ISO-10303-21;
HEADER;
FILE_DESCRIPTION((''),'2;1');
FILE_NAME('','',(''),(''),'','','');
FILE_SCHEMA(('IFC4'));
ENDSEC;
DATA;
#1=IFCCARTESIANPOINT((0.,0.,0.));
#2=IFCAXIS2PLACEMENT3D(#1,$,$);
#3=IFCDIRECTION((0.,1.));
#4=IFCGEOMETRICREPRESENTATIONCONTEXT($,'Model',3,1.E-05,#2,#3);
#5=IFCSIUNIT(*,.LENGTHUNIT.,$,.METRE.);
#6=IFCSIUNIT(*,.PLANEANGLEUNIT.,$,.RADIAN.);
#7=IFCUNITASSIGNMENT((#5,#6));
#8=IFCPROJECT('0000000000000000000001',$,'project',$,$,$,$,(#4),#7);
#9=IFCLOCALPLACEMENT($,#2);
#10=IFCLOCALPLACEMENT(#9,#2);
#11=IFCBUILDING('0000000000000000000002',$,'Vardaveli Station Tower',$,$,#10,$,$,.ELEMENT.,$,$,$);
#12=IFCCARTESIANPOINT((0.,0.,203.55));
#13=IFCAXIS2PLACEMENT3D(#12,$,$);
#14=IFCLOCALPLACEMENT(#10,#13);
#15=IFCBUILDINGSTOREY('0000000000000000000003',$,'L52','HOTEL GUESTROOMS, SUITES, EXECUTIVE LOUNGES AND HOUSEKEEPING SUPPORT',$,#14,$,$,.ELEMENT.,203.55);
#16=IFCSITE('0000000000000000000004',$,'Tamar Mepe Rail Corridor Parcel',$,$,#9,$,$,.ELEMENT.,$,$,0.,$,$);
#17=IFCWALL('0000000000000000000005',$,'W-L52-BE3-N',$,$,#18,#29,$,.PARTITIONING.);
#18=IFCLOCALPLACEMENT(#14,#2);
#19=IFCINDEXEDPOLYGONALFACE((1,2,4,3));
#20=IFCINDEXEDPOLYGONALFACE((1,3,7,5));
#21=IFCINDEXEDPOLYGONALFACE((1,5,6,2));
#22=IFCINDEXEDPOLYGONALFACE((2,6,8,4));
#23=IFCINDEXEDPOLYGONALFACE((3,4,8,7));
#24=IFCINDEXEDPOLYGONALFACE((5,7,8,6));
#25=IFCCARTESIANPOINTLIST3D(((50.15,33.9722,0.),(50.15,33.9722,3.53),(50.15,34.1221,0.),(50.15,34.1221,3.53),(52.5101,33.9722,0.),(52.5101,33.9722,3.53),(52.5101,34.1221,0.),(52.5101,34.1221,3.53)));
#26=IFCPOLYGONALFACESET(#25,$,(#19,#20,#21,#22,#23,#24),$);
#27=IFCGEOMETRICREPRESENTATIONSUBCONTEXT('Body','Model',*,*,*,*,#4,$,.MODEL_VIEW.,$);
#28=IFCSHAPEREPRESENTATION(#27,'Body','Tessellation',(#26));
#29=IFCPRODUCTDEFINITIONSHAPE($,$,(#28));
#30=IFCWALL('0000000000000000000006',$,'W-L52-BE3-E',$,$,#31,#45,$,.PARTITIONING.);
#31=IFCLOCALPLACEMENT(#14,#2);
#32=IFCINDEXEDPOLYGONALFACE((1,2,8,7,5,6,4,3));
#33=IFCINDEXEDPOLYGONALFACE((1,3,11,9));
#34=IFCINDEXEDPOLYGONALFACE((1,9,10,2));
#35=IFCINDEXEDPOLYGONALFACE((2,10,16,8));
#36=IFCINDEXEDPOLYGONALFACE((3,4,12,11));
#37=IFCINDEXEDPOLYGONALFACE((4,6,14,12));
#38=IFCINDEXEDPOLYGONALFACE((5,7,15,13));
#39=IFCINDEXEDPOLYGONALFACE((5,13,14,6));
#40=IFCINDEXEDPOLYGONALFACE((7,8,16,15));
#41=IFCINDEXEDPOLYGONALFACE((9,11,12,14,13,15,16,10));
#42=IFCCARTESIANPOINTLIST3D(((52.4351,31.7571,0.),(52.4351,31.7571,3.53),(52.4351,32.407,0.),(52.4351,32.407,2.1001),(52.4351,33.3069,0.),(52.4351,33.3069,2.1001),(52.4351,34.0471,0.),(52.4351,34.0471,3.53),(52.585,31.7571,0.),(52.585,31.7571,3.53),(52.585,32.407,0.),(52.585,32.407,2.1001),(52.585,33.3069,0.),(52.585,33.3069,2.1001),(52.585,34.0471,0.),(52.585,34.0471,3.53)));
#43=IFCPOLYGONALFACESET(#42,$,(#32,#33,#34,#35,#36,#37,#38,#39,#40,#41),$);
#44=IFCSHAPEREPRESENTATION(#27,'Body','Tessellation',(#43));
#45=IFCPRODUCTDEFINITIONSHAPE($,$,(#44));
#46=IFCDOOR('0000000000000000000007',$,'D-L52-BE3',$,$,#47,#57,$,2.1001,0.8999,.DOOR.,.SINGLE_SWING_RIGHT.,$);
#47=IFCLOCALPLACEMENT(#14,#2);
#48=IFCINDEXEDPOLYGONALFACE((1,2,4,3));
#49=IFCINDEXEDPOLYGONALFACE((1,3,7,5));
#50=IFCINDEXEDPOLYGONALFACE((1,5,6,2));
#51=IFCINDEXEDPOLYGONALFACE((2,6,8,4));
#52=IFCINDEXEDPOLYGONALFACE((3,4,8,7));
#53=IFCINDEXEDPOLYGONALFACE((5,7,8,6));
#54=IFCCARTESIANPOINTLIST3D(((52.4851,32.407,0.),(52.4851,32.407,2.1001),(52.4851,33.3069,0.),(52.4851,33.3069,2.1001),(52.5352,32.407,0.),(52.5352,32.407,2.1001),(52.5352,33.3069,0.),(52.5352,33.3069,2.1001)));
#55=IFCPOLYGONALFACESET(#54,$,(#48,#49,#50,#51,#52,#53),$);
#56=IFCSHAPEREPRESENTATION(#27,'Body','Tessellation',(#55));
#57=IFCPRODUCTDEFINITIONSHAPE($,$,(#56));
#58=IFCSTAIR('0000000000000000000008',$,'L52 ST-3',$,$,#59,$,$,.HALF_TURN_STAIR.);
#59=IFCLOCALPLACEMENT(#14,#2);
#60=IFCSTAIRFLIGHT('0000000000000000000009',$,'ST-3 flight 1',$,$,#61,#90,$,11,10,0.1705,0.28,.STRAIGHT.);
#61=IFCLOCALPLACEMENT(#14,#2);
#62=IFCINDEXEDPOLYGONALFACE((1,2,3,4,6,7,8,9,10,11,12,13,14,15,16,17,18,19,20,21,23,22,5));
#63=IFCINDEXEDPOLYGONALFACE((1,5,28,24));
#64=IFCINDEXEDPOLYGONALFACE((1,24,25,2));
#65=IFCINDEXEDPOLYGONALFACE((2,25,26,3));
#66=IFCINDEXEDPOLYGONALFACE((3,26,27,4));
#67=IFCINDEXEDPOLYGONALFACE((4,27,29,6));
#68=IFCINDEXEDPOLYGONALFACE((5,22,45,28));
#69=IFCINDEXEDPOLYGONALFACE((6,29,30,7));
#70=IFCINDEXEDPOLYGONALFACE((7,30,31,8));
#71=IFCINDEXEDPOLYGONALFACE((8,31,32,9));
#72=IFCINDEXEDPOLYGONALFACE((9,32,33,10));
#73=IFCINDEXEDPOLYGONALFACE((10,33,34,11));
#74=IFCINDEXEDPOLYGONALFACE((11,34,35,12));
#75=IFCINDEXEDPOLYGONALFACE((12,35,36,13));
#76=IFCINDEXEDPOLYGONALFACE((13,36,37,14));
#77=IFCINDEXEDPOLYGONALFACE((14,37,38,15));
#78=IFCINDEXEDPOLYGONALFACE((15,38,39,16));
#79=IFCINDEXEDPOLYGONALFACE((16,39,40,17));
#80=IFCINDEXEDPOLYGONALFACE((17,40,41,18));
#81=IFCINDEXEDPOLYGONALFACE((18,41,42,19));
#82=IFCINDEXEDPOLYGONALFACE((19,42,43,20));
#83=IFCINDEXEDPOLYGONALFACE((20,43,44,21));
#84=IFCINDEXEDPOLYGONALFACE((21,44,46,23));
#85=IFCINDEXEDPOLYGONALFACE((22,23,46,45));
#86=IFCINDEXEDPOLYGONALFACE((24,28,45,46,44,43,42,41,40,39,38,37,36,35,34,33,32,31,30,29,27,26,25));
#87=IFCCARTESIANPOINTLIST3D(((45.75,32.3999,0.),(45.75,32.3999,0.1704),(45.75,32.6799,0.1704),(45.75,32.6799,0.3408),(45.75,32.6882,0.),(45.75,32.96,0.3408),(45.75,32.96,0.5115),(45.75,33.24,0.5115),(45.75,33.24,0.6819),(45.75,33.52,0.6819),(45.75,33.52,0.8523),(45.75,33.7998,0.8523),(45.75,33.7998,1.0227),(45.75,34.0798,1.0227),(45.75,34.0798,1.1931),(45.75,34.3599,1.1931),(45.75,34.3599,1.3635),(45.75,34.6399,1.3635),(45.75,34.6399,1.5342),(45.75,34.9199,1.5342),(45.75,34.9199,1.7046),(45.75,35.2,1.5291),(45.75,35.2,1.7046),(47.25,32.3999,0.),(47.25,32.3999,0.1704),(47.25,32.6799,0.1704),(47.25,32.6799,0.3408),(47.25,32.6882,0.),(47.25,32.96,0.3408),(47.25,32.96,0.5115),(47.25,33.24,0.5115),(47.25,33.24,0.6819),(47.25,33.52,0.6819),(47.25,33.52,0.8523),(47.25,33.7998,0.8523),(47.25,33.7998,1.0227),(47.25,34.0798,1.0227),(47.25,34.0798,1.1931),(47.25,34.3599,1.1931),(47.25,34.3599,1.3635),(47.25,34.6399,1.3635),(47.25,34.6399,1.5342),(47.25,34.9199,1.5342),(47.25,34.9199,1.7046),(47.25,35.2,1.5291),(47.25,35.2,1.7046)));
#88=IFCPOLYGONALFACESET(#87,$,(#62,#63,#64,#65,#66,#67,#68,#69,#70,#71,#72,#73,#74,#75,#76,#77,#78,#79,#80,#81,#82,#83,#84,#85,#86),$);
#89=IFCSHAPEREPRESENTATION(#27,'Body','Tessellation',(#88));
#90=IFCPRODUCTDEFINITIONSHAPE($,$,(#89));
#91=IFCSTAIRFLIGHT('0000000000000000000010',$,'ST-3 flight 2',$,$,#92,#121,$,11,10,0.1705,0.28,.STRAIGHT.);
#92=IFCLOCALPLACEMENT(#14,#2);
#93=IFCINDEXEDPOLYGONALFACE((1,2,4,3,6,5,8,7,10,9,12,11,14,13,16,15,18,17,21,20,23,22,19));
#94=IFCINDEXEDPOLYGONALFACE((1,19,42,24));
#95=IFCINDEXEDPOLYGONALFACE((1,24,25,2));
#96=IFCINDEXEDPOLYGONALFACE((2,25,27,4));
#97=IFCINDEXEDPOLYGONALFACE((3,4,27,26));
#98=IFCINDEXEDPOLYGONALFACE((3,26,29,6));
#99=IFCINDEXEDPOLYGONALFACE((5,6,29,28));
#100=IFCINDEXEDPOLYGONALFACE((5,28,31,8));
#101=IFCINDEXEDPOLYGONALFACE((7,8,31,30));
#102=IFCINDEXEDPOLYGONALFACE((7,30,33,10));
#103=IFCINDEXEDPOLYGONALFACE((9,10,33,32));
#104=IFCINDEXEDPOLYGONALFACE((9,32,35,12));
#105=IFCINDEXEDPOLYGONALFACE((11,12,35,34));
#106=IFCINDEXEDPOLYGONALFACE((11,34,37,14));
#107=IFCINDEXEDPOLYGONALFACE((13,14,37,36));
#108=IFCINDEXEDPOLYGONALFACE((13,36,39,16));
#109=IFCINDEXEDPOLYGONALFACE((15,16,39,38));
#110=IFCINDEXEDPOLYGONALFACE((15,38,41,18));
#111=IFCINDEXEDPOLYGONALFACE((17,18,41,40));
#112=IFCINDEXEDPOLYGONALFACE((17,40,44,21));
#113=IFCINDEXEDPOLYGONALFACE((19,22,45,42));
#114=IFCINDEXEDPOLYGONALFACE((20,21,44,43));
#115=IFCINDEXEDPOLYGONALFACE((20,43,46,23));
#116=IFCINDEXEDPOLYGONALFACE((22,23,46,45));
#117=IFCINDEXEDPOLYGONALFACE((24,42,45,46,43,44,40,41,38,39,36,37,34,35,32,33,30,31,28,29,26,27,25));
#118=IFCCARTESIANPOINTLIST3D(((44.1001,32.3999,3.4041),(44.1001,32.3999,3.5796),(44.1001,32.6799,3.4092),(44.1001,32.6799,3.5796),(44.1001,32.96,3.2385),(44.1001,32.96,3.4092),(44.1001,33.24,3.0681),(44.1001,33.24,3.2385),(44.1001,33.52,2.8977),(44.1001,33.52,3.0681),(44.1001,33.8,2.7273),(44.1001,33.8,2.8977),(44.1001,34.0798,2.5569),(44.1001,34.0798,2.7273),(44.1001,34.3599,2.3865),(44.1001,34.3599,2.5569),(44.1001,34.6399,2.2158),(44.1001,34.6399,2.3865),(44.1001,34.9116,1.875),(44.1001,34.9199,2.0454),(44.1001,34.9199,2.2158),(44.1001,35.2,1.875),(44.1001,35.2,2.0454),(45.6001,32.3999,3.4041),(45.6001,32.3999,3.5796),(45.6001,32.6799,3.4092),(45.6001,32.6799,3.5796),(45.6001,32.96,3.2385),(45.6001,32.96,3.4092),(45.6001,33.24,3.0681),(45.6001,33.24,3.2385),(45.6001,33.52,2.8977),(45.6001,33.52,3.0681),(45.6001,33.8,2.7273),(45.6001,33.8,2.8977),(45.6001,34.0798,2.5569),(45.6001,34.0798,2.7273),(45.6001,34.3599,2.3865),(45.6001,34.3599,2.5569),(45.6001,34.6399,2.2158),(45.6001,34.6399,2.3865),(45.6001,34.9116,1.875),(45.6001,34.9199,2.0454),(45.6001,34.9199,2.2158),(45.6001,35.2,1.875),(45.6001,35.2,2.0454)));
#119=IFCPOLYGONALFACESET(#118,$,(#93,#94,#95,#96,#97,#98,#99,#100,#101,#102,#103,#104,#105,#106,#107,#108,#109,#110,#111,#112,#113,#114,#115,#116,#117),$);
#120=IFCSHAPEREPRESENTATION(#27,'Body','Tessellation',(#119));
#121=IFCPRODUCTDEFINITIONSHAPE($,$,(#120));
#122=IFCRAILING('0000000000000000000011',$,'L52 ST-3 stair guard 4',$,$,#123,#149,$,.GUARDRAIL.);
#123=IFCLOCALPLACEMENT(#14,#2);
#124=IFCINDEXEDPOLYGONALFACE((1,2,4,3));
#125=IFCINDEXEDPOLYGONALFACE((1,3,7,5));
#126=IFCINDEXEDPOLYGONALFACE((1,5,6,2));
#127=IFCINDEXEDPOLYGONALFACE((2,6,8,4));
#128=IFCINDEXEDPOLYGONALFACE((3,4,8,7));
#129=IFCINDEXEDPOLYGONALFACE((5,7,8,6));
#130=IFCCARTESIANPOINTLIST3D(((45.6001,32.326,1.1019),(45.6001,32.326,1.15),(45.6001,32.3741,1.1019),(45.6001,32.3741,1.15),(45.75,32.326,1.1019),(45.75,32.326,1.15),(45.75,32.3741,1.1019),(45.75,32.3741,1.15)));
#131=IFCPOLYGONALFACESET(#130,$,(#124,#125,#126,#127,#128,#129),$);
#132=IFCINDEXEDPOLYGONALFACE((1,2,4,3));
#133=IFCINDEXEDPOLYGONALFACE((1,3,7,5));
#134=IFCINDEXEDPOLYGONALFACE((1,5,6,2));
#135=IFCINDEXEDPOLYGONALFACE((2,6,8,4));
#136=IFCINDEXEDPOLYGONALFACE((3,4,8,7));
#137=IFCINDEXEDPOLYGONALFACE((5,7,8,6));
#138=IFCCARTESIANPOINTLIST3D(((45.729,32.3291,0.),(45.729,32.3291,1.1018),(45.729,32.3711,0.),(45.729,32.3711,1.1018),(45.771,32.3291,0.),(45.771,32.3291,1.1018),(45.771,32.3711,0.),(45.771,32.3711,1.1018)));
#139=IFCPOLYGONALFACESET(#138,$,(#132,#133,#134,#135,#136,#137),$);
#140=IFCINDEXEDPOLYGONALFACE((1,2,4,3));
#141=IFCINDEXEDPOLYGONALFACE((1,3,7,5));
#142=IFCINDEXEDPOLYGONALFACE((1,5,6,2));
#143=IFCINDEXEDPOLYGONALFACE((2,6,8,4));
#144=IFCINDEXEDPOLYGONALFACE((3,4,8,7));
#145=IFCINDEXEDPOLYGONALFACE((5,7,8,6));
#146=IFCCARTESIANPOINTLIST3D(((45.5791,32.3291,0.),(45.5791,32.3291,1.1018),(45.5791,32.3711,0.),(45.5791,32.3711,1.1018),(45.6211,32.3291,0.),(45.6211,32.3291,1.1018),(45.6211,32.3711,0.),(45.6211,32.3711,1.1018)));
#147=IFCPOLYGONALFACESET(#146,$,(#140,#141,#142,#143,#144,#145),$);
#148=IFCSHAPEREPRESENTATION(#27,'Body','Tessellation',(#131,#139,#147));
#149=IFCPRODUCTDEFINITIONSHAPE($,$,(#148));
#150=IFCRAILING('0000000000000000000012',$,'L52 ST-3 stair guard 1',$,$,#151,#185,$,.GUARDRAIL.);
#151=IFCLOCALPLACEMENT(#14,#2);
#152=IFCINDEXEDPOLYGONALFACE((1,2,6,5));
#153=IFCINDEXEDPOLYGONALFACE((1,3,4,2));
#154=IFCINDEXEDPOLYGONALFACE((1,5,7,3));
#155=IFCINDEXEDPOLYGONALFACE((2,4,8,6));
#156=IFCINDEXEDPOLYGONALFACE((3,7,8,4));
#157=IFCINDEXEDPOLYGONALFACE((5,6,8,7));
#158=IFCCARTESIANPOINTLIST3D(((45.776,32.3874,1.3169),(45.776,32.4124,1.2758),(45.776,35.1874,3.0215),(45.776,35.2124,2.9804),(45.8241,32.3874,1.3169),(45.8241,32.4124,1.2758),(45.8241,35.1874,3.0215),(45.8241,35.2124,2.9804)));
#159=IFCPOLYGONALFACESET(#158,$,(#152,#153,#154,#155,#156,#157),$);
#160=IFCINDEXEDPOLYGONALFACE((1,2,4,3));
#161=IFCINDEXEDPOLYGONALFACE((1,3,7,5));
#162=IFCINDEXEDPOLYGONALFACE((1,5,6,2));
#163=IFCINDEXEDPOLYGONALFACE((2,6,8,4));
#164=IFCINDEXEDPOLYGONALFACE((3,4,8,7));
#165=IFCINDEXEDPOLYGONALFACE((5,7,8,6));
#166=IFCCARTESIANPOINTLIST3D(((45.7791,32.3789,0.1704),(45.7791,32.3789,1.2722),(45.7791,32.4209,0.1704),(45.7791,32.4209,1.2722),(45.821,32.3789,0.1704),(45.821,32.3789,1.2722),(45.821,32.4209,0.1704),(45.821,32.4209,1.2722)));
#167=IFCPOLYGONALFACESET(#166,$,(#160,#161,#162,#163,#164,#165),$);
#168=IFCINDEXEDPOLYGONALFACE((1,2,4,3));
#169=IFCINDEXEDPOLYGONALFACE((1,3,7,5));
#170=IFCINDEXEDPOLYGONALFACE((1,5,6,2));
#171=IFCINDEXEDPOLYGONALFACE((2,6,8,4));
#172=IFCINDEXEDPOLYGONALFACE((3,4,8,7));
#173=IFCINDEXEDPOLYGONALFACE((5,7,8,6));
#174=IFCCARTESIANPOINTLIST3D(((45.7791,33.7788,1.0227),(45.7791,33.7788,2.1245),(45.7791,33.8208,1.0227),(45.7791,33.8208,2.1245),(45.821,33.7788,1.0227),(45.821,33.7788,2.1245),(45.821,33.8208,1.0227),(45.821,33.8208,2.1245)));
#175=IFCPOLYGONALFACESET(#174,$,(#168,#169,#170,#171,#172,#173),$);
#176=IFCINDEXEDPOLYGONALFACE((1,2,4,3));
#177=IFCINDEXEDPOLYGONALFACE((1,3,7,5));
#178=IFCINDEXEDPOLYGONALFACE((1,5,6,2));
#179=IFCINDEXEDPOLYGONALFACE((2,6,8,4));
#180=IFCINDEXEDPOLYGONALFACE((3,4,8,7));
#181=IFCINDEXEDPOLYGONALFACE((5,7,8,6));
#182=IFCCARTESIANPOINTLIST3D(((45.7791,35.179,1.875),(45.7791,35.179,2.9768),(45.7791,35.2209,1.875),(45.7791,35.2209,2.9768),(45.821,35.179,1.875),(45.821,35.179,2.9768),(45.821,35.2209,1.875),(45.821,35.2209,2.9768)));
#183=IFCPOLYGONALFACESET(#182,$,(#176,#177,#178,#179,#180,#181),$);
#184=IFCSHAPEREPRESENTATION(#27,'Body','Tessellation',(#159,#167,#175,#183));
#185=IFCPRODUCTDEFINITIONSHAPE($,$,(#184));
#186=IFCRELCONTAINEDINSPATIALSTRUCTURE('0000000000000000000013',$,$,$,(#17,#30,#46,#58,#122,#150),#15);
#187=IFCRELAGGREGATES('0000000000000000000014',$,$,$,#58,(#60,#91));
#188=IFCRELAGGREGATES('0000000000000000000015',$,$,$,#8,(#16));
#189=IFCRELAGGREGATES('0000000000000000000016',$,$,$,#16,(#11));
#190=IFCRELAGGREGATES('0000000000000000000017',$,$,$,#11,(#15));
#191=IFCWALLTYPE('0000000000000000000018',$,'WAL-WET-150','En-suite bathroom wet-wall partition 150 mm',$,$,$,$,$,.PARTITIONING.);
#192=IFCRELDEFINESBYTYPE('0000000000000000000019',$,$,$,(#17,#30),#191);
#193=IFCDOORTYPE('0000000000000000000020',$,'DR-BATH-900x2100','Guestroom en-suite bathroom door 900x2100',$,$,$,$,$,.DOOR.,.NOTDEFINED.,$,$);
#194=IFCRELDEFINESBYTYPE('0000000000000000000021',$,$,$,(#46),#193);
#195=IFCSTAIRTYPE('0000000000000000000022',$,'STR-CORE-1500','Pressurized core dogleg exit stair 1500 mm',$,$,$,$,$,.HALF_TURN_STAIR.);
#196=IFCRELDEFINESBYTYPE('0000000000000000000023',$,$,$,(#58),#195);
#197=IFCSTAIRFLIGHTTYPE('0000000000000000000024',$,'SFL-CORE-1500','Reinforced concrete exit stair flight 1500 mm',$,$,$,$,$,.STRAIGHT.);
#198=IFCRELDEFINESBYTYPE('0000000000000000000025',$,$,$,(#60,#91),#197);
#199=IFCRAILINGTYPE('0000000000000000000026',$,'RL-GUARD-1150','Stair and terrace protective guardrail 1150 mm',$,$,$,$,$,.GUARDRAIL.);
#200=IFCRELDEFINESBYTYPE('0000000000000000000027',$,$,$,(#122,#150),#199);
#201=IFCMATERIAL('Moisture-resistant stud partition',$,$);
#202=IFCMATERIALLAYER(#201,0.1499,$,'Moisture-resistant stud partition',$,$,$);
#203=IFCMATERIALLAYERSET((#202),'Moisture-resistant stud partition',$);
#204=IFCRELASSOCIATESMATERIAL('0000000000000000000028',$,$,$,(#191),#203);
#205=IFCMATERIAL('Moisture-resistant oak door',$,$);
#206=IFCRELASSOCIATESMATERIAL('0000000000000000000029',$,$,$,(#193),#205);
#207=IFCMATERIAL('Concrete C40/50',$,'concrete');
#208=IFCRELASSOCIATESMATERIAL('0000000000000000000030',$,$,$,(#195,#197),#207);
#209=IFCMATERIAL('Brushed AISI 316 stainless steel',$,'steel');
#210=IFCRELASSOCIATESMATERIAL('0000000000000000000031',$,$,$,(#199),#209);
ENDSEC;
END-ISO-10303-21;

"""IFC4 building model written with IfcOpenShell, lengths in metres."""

from ifc_helpers import new_model, si_unit, direction, frame, frame_2d, origin, origin_2d, place, context, subcontext, project, spatial, polyline, rectangle, outline, extrude, source, transform, mapped, material, layer, layer_set, type_object, element, fill, aggregate, save


model = new_model("IFC4")

# Units and contexts
model_context = context("Model", 3, precision=1e-05, world=origin(), true_north=direction((0.0, 1.0)))
body_context = subcontext(model_context, "Body", "Model", "MODEL_VIEW")
ifc_project = project(units=[si_unit("LENGTHUNIT", "METRE"), si_unit("PLANEANGLEUNIT", "RADIAN")], contexts=[model_context])

# Site, building, storey
site_placement = place(None, origin())
site = spatial("IfcSite", under=ifc_project, at=site_placement, Name="Tamar Mepe Rail Corridor Parcel", CompositionType="ELEMENT", RefElevation=0.0)
building_placement = place(site_placement, origin())
building = spatial("IfcBuilding", under=site, at=building_placement, Name="Vardaveli Station Tower", CompositionType="ELEMENT")
storey_placement = place(building_placement, frame((0.0, 0.0, 203.55)))
storey = spatial("IfcBuildingStorey", under=building, at=storey_placement, Name="L52", Description="HOTEL GUESTROOMS, SUITES, EXECUTIVE LOUNGES AND HOUSEKEEPING SUPPORT", CompositionType="ELEMENT", Elevation=203.55)

# Shared definitions
ifc_material_1 = material(Name="Concrete C40/50", Category="concrete")

# Wall
ifc_material_2 = material(Name="Moisture-resistant stud partition")
ifc_layer_1 = layer(ifc_material_2, 0.1499, Name="Moisture-resistant stud partition")
ifc_layer_set_1 = layer_set([ifc_layer_1], Name="Moisture-resistant stud partition")
wall_type_1 = type_object("IfcWallType", Name="WAL-WET-150", Description="En-suite bathroom wet-wall partition 150 mm", PredefinedType="PARTITIONING", material=ifc_layer_set_1)
shared_shape_1 = source(origin(), body_context, "Body", "SweptSolid", [
    extrude(rectangle(XDim=2.3601, YDim=0.1499, at=frame_2d((1.1802, 0.0))), origin(), (0.0, 0.0, 1.0), 3.53),
])
wall_1_placement = place(storey_placement, frame((50.1499, 34.0471, 0.0), z_axis=(0.0, 0.0, 1.0), x_axis=(1.0, 0.0, 0.0)))
element("IfcWall", 1, at=wall_1_placement, inside=storey, type_object=wall_type_1, Name="W-L52-BE3-N", PredefinedType="PARTITIONING", context=body_context, shape_type="MappedRepresentation", body=[
    mapped(shared_shape_1, transform((0.0, 0.0, 0.0), scale=1.0)),
])

# Wall, opening, door
shared_shape_2 = source(origin(), body_context, "Body", "SweptSolid", [
    extrude(rectangle(XDim=2.29, YDim=0.1499, at=frame_2d((1.145, 0.0))), origin(), (0.0, 0.0, 1.0), 3.53),
])
wall_2_placement = place(storey_placement, frame((52.51, 31.7571, 0.0), z_axis=(0.0, 0.0, 1.0), x_axis=(0.0, 1.0, 0.0)))
wall_2 = element("IfcWall", 2, at=wall_2_placement, inside=storey, type_object=wall_type_1, Name="W-L52-BE3-E", PredefinedType="PARTITIONING", context=body_context, shape_type="MappedRepresentation", body=[
    mapped(shared_shape_2, transform((0.0, 0.0, 0.0), scale=1.0)),
])
shared_shape_3 = source(origin(), body_context, "Body", "SweptSolid", [
    extrude(rectangle(XDim=0.8999, YDim=2.1001, at=frame_2d((0.45, 1.05))), frame((0.0, 0.085, 0.0), z_axis=(0.0, -1.0, 0.0), x_axis=(1.0, 0.0, 0.0)), (0.0, 0.0, 1.0), 0.1699),
])
opening_1_placement = place(wall_2_placement, frame((0.6499, 0.0, 0.0)))
opening_1 = element("IfcOpeningElement", 3, at=opening_1_placement, cuts=wall_2, PredefinedType="OPENING", context=body_context, shape_type="MappedRepresentation", body=[
    mapped(shared_shape_3, transform((0.0, 0.0, 0.0), scale=1.0)),
])
ifc_material_3 = material(Name="Moisture-resistant oak door")
door_type_1 = type_object("IfcDoorType", Name="DR-BATH-900x2100", Description="Guestroom en-suite bathroom door 900x2100", OperationType="NOTDEFINED", PredefinedType="DOOR", material=ifc_material_3)
shared_shape_4 = source(origin(), body_context, "Body", "SweptSolid", [
    extrude(rectangle(XDim=0.8999, YDim=2.1001, at=frame_2d((0.45, 1.05))), frame((0.0, 0.0249, 0.0), z_axis=(0.0, -1.0, 0.0), x_axis=(1.0, 0.0, 0.0)), (0.0, 0.0, 1.0), 0.05),
])
door_1_placement = place(opening_1_placement, origin())
door_1 = element("IfcDoor", 4, at=door_1_placement, inside=storey, type_object=door_type_1, Name="D-L52-BE3", OperationType="SINGLE_SWING_RIGHT", OverallHeight=2.1001, OverallWidth=0.8999, PredefinedType="DOOR", context=body_context, shape_type="MappedRepresentation", body=[
    mapped(shared_shape_4, transform((0.0, 0.0, 0.0), scale=1.0)),
])
fill(opening_1, door_1)

# Stair, stair flights
stair_type = type_object("IfcStairType", Name="STR-CORE-1500", Description="Pressurized core dogleg exit stair 1500 mm", PredefinedType="HALF_TURN_STAIR", material=ifc_material_1)
stair_placement = place(storey_placement, origin())
stair = element("IfcStair", 5, at=stair_placement, inside=storey, type_object=stair_type, Name="L52 ST-3", PredefinedType="HALF_TURN_STAIR")
stair_flight_type = type_object("IfcStairFlightType", Name="SFL-CORE-1500", Description="Reinforced concrete exit stair flight 1500 mm", PredefinedType="STRAIGHT", material=ifc_material_1)
shared_shape_5 = source(origin(), body_context, "Body", "SweptSolid", [
    extrude(outline(polyline([(0.0, 0.0), (0.0, 0.1704), (0.28, 0.1704), (0.28, 0.3408), (0.5601, 0.3408), (0.5601, 0.5115), (0.8401, 0.5115), (0.8401, 0.6819), (1.1201, 0.6819), (1.1201, 0.8523), (1.3999, 0.8523), (1.3999, 1.0227), (1.6799, 1.0227), (1.6799, 1.1931), (1.96, 1.1931), (1.96, 1.3635), (2.24, 1.3635), (2.24, 1.5342), (2.52, 1.5342), (2.52, 1.7046), (2.8, 1.7046), (2.8, 1.875), (2.8, 1.5291), (0.2883, 0.0), (0.0, 0.0)])), frame((0.0, 0.75, 0.0), z_axis=(0.0, -1.0, 0.0), x_axis=(1.0, 0.0, 0.0)), (0.0, 0.0, 1.0), 1.5),
])
stair_flight_1_placement = place(storey_placement, frame((46.5, 32.3999, 0.0), z_axis=(0.0, 0.0, 1.0), x_axis=(0.0, 1.0, 0.0)))
stair_flight_1 = element("IfcStairFlight", 6, at=stair_flight_1_placement, type_object=stair_flight_type, Name="ST-3 flight 1", NumberOfRisers=11, NumberOfTreads=10, PredefinedType="STRAIGHT", RiserHeight=0.1705, TreadLength=0.28, context=body_context, shape_type="MappedRepresentation", body=[
    mapped(shared_shape_5, transform((0.0, 0.0, 0.0), scale=1.0)),
])
stair_flight_2_placement = place(storey_placement, frame((44.8501, 35.2, 1.875), z_axis=(0.0, 0.0, 1.0), x_axis=(0.0, -1.0, 0.0)))
stair_flight_2 = element("IfcStairFlight", 7, at=stair_flight_2_placement, type_object=stair_flight_type, Name="ST-3 flight 2", NumberOfRisers=11, NumberOfTreads=10, PredefinedType="STRAIGHT", RiserHeight=0.1705, TreadLength=0.28, context=body_context, shape_type="MappedRepresentation", body=[
    mapped(shared_shape_5, transform((0.0, 0.0, 0.0), scale=1.0)),
])
aggregate(stair, [stair_flight_1, stair_flight_2])

# Railings
ifc_material_4 = material(Name="Brushed AISI 316 stainless steel", Category="steel")
railing_type_1 = type_object("IfcRailingType", Name="RL-GUARD-1150", Description="Stair and terrace protective guardrail 1150 mm", PredefinedType="GUARDRAIL", material=ifc_material_4)
shared_shape_6 = source(origin(), body_context, "Body", "SweptSolid", [
    extrude(rectangle(XDim=0.0481, YDim=0.0481, at=origin_2d()), frame((0.0, 0.0, 1.126), z_axis=(-1.0, 0.0, 0.0), x_axis=(0.0, -1.0, 0.0)), (0.0, 0.0, 1.0), 0.1499),
    extrude(rectangle(XDim=0.042, YDim=0.042, at=origin_2d()), origin(), (0.0, 0.0, 1.0), 1.1018),
    extrude(rectangle(XDim=0.042, YDim=0.042, at=origin_2d()), frame((-0.1499, 0.0, 0.0)), (0.0, 0.0, 1.0), 1.1018),
])
railing_1_placement = place(storey_placement, frame((45.75, 32.3501, 0.0)))
element("IfcRailing", 8, at=railing_1_placement, inside=storey, type_object=railing_type_1, Name="L52 ST-3 stair guard 4", PredefinedType="GUARDRAIL", context=body_context, shape_type="MappedRepresentation", body=[
    mapped(shared_shape_6, transform((0.0, 0.0, 0.0), scale=1.0)),
])
shared_shape_7 = source(origin(), body_context, "Body", "SweptSolid", [
    extrude(rectangle(XDim=0.0481, YDim=0.0481, at=origin_2d()), frame((0.0, 0.0, 1.126), z_axis=(0.0, 0.85417, 0.519994), x_axis=(-1.0, 0.0, 0.0)), (0.0, 0.0, 1.0), 3.2781),
    extrude(rectangle(XDim=0.042, YDim=0.042, at=origin_2d()), origin(), (0.0, 0.0, 1.0), 1.1018),
    extrude(rectangle(XDim=0.042, YDim=0.042, at=origin_2d()), frame((0.0, 1.3999, 0.8523)), (0.0, 0.0, 1.0), 1.1018),
    extrude(rectangle(XDim=0.042, YDim=0.042, at=origin_2d()), frame((0.0, 2.8, 1.7046)), (0.0, 0.0, 1.0), 1.1018),
])
railing_2_placement = place(storey_placement, frame((45.8, 32.3999, 0.1704)))
element("IfcRailing", 9, at=railing_2_placement, inside=storey, type_object=railing_type_1, Name="L52 ST-3 stair guard 1", PredefinedType="GUARDRAIL", context=body_context, shape_type="MappedRepresentation", body=[
    mapped(shared_shape_7, transform((0.0, 0.0, 0.0), scale=1.0)),
])

save(model, "model.ifc")
